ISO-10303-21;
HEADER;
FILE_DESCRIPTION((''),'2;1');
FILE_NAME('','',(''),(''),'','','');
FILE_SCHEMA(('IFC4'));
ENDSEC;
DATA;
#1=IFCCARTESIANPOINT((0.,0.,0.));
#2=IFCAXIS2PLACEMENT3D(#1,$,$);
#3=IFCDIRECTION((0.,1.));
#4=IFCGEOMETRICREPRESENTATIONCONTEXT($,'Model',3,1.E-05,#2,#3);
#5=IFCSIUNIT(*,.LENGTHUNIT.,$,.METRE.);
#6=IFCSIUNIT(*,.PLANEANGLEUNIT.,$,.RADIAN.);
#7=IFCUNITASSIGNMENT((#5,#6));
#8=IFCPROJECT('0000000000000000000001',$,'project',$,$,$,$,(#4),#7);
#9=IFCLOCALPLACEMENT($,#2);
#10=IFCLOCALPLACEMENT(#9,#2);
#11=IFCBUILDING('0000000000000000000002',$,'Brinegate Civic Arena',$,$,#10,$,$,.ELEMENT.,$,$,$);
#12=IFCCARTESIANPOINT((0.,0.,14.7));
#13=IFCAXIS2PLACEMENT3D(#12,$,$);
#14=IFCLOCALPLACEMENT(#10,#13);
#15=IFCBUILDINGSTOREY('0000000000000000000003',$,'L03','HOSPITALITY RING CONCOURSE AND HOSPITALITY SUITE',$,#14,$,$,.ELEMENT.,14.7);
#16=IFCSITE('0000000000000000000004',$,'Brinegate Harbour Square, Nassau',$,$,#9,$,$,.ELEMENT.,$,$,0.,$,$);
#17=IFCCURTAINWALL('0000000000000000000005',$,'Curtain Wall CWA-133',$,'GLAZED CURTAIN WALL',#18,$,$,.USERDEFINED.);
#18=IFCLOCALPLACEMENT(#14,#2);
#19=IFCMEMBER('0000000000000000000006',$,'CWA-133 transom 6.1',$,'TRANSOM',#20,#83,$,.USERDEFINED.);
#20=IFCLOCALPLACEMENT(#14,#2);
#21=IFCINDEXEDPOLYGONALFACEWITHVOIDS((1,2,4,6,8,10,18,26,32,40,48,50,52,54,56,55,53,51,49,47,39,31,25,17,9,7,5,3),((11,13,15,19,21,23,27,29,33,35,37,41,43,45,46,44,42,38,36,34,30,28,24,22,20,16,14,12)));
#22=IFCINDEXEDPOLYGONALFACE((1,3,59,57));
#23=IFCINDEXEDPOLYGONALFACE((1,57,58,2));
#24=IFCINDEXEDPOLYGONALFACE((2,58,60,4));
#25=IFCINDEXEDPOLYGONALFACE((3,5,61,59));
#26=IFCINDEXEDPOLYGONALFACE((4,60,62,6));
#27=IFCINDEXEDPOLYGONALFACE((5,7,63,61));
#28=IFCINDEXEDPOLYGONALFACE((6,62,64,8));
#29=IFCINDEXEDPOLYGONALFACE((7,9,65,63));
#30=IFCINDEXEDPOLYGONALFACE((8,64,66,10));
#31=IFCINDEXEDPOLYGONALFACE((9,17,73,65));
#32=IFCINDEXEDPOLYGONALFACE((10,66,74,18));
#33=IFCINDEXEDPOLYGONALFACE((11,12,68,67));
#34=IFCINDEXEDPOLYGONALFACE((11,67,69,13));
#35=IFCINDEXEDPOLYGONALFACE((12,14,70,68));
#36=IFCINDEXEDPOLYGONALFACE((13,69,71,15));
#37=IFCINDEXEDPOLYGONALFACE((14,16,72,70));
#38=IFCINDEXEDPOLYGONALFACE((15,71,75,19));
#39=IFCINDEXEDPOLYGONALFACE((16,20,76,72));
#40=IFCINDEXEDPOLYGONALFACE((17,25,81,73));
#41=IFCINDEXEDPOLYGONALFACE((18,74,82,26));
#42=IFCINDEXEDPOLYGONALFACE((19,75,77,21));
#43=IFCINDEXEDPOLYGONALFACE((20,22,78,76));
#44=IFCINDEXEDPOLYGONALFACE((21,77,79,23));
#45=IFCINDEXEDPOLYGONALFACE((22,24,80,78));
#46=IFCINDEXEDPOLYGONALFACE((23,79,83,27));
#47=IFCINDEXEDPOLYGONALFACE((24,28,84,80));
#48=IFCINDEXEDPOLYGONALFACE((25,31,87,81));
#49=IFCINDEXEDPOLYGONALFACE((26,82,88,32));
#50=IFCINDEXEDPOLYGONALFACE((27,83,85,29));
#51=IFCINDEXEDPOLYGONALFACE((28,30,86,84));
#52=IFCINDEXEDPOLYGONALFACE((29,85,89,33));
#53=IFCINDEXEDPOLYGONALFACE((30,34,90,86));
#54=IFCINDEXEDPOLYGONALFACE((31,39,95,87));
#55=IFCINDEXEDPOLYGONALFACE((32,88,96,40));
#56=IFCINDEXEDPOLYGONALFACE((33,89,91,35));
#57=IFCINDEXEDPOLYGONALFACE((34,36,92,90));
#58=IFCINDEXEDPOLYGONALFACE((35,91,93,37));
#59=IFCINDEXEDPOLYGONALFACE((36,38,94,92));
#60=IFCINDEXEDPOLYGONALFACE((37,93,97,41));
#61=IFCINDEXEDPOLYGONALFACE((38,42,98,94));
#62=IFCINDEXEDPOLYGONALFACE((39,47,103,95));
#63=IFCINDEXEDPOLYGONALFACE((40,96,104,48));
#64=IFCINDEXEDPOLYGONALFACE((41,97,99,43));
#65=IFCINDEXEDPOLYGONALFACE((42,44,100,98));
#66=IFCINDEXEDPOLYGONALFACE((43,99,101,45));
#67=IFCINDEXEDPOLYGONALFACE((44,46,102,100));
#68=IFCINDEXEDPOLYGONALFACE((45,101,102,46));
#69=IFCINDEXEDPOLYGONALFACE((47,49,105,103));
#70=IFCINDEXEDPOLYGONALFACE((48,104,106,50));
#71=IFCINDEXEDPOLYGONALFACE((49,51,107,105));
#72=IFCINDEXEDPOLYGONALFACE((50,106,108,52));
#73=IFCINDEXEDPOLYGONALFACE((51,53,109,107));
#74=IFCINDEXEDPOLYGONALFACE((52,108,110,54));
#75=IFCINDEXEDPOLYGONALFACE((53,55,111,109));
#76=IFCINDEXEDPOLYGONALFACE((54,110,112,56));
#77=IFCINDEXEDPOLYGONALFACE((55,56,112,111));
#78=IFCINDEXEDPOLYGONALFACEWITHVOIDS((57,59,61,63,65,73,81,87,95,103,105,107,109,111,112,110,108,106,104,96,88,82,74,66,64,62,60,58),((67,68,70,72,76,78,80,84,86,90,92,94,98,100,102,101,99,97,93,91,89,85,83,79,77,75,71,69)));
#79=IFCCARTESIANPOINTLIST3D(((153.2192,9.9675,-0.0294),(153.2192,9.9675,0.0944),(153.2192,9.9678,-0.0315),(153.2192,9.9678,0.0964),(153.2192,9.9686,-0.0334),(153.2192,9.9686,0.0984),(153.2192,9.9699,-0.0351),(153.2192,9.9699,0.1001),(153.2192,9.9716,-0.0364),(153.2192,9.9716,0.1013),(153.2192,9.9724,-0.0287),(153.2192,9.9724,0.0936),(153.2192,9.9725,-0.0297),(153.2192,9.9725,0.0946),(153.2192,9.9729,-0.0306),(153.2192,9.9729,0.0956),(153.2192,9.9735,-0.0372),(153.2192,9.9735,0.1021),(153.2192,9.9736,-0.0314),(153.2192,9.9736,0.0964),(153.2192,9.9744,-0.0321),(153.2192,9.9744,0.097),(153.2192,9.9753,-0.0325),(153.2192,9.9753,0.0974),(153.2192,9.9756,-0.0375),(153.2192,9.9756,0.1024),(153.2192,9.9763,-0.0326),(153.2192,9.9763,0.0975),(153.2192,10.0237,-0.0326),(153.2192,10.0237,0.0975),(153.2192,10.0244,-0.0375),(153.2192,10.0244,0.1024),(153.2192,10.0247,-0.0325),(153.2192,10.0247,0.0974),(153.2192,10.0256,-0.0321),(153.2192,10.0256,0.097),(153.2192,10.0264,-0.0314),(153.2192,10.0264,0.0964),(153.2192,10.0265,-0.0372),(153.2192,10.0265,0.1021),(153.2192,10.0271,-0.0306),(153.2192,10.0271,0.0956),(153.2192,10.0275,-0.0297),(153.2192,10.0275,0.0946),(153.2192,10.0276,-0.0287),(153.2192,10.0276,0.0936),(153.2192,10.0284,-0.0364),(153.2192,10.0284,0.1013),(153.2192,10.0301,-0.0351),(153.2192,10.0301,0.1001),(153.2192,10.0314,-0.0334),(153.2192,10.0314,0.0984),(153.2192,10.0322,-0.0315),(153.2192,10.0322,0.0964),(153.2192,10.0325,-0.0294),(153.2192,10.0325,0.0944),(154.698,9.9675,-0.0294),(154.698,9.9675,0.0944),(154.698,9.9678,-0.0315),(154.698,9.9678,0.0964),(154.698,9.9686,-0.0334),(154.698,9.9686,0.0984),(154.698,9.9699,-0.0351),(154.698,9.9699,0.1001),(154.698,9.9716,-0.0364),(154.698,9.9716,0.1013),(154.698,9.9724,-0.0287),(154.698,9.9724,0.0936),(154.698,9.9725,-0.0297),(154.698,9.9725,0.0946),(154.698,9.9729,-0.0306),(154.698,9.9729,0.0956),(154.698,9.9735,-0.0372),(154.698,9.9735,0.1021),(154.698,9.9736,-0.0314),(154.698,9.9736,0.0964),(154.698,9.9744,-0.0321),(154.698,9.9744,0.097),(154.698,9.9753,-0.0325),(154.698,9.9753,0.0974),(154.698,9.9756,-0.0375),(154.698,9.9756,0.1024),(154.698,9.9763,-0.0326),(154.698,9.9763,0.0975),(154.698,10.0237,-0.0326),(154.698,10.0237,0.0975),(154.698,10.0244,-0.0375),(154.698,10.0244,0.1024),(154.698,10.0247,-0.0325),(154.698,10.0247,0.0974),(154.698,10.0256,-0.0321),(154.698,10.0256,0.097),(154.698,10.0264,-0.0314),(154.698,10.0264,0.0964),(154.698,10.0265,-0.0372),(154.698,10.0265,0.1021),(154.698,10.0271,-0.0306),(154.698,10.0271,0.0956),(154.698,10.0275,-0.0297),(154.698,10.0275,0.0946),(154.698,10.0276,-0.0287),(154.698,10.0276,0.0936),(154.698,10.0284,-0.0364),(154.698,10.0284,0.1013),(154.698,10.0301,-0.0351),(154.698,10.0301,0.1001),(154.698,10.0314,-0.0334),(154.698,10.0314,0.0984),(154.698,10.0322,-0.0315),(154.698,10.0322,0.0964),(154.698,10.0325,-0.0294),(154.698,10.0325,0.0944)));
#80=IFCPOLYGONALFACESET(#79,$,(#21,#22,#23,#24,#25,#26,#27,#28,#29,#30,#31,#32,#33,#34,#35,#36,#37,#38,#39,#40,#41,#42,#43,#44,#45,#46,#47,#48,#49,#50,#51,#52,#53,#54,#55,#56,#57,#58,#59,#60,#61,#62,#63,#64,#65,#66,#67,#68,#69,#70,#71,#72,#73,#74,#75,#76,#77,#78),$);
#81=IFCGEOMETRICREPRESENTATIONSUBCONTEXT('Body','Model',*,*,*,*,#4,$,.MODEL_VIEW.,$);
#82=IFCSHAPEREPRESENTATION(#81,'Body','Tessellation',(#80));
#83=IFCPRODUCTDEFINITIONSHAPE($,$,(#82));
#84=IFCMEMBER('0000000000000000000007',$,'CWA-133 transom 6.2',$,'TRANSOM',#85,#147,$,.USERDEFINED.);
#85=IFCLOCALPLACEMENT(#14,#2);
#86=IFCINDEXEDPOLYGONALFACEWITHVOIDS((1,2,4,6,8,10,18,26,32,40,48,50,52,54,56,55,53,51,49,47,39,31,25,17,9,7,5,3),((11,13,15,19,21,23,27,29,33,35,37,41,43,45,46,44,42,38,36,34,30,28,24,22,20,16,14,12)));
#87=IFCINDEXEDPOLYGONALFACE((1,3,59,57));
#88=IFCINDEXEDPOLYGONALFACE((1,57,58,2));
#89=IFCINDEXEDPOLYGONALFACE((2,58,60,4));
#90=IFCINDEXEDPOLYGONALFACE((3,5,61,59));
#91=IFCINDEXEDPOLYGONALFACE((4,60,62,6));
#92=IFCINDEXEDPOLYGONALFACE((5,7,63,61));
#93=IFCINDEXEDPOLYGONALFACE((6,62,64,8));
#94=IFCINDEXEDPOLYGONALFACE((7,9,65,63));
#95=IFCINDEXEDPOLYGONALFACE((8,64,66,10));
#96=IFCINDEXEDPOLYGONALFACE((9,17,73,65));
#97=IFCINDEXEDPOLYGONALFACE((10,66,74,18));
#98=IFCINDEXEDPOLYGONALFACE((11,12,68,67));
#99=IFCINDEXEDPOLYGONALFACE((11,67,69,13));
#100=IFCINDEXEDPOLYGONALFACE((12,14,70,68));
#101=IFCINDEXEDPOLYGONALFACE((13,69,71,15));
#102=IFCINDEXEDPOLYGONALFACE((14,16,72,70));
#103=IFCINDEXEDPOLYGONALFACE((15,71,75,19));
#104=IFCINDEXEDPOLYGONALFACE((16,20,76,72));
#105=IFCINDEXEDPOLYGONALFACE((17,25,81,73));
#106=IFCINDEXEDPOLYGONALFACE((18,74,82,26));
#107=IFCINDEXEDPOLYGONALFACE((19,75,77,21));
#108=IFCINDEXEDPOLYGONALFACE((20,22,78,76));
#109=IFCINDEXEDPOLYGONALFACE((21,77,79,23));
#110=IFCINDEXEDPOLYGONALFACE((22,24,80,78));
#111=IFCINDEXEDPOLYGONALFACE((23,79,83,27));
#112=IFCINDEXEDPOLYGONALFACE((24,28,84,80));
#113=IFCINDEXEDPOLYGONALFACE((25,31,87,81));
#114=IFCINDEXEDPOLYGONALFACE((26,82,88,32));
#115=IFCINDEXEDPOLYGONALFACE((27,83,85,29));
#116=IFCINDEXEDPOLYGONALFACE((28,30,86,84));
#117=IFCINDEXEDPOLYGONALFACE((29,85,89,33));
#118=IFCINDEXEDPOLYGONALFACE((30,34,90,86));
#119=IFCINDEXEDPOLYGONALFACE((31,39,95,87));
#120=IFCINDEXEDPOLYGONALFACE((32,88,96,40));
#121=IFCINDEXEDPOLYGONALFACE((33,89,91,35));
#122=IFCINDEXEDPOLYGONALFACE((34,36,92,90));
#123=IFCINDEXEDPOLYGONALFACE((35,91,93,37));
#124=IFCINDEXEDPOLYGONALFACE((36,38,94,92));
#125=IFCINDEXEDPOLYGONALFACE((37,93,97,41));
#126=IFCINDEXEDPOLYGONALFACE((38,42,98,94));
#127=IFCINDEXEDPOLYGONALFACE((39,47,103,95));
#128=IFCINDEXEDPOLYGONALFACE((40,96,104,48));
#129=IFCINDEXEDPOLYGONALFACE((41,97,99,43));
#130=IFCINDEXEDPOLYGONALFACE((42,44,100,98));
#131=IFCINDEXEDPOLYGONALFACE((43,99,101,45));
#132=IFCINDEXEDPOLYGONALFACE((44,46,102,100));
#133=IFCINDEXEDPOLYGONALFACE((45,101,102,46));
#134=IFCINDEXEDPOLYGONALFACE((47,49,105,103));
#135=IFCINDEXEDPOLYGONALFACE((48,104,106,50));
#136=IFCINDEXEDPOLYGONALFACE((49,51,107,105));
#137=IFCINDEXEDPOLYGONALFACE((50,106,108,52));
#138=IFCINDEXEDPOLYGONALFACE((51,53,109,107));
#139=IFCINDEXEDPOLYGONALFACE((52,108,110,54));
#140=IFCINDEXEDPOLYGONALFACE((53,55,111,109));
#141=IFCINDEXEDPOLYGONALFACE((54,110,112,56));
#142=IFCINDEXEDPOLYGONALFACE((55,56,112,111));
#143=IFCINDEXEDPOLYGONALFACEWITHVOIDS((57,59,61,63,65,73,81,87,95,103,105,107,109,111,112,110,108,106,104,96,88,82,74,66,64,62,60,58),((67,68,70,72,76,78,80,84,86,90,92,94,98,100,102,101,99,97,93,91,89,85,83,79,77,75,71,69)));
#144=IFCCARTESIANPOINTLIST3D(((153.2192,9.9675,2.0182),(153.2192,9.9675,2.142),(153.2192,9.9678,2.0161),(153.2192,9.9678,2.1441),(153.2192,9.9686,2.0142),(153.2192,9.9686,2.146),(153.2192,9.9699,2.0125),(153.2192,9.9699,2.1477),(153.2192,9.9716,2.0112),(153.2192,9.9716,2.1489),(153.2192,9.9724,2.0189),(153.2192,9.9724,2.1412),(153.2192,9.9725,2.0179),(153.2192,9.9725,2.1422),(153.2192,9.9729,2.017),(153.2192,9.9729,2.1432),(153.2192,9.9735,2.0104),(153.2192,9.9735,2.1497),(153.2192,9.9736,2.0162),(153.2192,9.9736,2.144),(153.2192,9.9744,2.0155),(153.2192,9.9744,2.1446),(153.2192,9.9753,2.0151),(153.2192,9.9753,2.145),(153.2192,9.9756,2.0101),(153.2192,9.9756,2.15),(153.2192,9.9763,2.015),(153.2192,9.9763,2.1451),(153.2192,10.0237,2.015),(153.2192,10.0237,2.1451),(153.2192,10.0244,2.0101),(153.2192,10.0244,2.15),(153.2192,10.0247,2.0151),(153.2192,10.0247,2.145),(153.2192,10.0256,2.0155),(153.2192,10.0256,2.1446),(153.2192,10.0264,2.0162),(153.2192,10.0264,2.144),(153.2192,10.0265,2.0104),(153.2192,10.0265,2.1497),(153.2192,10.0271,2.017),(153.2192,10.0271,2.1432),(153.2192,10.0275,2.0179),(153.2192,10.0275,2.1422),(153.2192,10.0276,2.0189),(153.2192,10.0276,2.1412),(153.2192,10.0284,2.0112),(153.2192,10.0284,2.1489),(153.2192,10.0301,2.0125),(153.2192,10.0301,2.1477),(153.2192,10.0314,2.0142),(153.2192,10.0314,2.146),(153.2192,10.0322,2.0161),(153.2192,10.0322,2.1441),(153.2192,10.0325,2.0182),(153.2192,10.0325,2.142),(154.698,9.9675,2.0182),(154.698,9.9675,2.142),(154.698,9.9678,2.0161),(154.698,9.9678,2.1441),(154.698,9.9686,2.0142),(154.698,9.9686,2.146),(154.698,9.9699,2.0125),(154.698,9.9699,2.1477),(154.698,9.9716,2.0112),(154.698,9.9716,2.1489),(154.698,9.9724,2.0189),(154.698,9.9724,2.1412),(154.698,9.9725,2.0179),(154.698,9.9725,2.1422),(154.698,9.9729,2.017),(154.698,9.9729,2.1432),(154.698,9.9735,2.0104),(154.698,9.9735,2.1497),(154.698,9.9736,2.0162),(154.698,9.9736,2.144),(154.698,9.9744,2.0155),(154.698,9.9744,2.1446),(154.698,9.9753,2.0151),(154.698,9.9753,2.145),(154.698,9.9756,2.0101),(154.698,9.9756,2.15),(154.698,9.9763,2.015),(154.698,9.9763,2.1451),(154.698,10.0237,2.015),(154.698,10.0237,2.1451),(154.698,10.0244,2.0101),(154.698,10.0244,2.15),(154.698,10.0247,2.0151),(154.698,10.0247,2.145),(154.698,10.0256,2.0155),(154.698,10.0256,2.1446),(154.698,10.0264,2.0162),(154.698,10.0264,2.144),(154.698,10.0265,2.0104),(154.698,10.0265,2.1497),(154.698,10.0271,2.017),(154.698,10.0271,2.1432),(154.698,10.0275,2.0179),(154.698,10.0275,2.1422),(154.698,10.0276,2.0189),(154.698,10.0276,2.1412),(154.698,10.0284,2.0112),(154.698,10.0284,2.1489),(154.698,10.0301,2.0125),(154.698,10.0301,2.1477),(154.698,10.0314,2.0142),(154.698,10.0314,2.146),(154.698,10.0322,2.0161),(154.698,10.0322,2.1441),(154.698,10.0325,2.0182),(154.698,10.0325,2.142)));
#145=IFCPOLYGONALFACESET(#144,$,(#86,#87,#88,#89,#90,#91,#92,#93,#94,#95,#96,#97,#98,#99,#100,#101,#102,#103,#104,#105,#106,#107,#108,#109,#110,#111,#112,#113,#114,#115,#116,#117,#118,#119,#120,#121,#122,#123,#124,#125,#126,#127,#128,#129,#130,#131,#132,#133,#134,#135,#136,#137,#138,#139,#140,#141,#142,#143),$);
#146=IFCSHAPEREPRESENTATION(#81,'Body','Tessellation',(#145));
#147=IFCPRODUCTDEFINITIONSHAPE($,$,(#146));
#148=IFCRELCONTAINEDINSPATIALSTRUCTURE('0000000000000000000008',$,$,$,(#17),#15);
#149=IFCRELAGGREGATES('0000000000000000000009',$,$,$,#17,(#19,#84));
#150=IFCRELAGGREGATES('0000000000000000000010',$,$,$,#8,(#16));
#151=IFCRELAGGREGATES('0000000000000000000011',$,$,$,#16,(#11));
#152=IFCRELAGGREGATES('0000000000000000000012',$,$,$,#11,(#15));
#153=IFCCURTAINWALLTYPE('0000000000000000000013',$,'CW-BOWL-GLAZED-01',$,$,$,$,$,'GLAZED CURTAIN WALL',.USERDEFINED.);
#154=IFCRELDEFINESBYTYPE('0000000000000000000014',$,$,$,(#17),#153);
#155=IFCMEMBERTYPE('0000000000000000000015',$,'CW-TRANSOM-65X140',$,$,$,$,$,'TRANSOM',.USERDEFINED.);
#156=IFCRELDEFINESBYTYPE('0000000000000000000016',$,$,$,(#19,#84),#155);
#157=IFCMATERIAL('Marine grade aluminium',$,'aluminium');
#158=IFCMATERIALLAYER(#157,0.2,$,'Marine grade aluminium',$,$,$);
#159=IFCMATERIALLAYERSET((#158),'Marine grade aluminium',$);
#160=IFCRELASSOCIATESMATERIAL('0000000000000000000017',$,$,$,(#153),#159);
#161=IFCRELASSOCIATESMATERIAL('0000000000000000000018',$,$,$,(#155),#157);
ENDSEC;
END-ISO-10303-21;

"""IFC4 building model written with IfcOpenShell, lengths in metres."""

from ifc_helpers import new_model, si_unit, direction, frame, origin, origin_2d, place, context, subcontext, project, spatial, hollow_rectangle, extrude, material, layer, layer_set, material_profile, profile_set, type_object, element, aggregate, save


model = new_model("IFC4")

# Units and contexts
model_context = context("Model", 3, precision=1e-05, world=origin(), true_north=direction((0.0, 1.0)))
body_context = subcontext(model_context, "Body", "Model", "MODEL_VIEW")
ifc_project = project(units=[si_unit("LENGTHUNIT", "METRE"), si_unit("PLANEANGLEUNIT", "RADIAN")], contexts=[model_context])

# Site, building, storey
site_placement = place(None, origin())
site = spatial("IfcSite", under=ifc_project, at=site_placement, Name="Brinegate Harbour Square, Nassau", CompositionType="ELEMENT", RefElevation=0.0)
building_placement = place(site_placement, origin())
building = spatial("IfcBuilding", under=site, at=building_placement, Name="Brinegate Civic Arena", CompositionType="ELEMENT")
storey_placement = place(building_placement, frame((0.0, 0.0, 14.7)))
storey = spatial("IfcBuildingStorey", under=building, at=storey_placement, Name="L03", Description="HOSPITALITY RING CONCOURSE AND HOSPITALITY SUITE", CompositionType="ELEMENT", Elevation=14.7)

# Curtain wall, members
ifc_material_1 = material(Name="Marine grade aluminium", Category="aluminium")
ifc_layer_1 = layer(ifc_material_1, 0.2, Name="Marine grade aluminium")
ifc_layer_set_1 = layer_set([ifc_layer_1], Name="Marine grade aluminium")
curtain_wall_type = type_object("IfcCurtainWallType", Name="CW-BOWL-GLAZED-01", ElementType="GLAZED CURTAIN WALL", PredefinedType="USERDEFINED", material=ifc_layer_set_1)
curtain_wall_placement = place(storey_placement, origin())
curtain_wall = element("IfcCurtainWall", 1, at=curtain_wall_placement, inside=storey, type_object=curtain_wall_type, Name="Curtain Wall CWA-133", ObjectType="GLAZED CURTAIN WALL", PredefinedType="USERDEFINED")
ifc_material_profile_1 = material_profile(ifc_material_1, hollow_rectangle(XDim=0.0649, YDim=0.1399, WallThickness=0.0049, InnerFilletRadius=0.0039, OuterFilletRadius=0.0081, at=origin_2d()), Name="TRN65X140")
ifc_profile_set_1 = profile_set([ifc_material_profile_1], Name="Marine grade aluminium")
member_type_1 = type_object("IfcMemberType", Name="CW-TRANSOM-65X140", ElementType="TRANSOM", PredefinedType="USERDEFINED", material=ifc_profile_set_1)
member_1_placement = place(storey_placement, frame((153.2192, 10.0, 0.0325), z_axis=(1.0, 0.0, 0.0), x_axis=(0.0, 1.0, 0.0)))
member_1 = element("IfcMember", 2, at=member_1_placement, type_object=member_type_1, Name="CWA-133 transom 6.1", ObjectType="TRANSOM", PredefinedType="USERDEFINED", context=body_context, shape_type="SweptSolid", body=[
    extrude(hollow_rectangle(XDim=0.0649, YDim=0.1399, WallThickness=0.0049, InnerFilletRadius=0.0039, OuterFilletRadius=0.0081, at=origin_2d()), origin(), (0.0, 0.0, 1.0), 1.4788),
])
member_2_placement = place(storey_placement, frame((153.2192, 10.0, 2.0801), z_axis=(1.0, 0.0, 0.0), x_axis=(0.0, 1.0, 0.0)))
member_2 = element("IfcMember", 3, at=member_2_placement, type_object=member_type_1, Name="CWA-133 transom 6.2", ObjectType="TRANSOM", PredefinedType="USERDEFINED", context=body_context, shape_type="SweptSolid", body=[
    extrude(hollow_rectangle(XDim=0.0649, YDim=0.1399, WallThickness=0.0049, InnerFilletRadius=0.0039, OuterFilletRadius=0.0081, at=origin_2d()), origin(), (0.0, 0.0, 1.0), 1.4788),
])

aggregate(curtain_wall, [member_1, member_2])

save(model, "model.ifc")
